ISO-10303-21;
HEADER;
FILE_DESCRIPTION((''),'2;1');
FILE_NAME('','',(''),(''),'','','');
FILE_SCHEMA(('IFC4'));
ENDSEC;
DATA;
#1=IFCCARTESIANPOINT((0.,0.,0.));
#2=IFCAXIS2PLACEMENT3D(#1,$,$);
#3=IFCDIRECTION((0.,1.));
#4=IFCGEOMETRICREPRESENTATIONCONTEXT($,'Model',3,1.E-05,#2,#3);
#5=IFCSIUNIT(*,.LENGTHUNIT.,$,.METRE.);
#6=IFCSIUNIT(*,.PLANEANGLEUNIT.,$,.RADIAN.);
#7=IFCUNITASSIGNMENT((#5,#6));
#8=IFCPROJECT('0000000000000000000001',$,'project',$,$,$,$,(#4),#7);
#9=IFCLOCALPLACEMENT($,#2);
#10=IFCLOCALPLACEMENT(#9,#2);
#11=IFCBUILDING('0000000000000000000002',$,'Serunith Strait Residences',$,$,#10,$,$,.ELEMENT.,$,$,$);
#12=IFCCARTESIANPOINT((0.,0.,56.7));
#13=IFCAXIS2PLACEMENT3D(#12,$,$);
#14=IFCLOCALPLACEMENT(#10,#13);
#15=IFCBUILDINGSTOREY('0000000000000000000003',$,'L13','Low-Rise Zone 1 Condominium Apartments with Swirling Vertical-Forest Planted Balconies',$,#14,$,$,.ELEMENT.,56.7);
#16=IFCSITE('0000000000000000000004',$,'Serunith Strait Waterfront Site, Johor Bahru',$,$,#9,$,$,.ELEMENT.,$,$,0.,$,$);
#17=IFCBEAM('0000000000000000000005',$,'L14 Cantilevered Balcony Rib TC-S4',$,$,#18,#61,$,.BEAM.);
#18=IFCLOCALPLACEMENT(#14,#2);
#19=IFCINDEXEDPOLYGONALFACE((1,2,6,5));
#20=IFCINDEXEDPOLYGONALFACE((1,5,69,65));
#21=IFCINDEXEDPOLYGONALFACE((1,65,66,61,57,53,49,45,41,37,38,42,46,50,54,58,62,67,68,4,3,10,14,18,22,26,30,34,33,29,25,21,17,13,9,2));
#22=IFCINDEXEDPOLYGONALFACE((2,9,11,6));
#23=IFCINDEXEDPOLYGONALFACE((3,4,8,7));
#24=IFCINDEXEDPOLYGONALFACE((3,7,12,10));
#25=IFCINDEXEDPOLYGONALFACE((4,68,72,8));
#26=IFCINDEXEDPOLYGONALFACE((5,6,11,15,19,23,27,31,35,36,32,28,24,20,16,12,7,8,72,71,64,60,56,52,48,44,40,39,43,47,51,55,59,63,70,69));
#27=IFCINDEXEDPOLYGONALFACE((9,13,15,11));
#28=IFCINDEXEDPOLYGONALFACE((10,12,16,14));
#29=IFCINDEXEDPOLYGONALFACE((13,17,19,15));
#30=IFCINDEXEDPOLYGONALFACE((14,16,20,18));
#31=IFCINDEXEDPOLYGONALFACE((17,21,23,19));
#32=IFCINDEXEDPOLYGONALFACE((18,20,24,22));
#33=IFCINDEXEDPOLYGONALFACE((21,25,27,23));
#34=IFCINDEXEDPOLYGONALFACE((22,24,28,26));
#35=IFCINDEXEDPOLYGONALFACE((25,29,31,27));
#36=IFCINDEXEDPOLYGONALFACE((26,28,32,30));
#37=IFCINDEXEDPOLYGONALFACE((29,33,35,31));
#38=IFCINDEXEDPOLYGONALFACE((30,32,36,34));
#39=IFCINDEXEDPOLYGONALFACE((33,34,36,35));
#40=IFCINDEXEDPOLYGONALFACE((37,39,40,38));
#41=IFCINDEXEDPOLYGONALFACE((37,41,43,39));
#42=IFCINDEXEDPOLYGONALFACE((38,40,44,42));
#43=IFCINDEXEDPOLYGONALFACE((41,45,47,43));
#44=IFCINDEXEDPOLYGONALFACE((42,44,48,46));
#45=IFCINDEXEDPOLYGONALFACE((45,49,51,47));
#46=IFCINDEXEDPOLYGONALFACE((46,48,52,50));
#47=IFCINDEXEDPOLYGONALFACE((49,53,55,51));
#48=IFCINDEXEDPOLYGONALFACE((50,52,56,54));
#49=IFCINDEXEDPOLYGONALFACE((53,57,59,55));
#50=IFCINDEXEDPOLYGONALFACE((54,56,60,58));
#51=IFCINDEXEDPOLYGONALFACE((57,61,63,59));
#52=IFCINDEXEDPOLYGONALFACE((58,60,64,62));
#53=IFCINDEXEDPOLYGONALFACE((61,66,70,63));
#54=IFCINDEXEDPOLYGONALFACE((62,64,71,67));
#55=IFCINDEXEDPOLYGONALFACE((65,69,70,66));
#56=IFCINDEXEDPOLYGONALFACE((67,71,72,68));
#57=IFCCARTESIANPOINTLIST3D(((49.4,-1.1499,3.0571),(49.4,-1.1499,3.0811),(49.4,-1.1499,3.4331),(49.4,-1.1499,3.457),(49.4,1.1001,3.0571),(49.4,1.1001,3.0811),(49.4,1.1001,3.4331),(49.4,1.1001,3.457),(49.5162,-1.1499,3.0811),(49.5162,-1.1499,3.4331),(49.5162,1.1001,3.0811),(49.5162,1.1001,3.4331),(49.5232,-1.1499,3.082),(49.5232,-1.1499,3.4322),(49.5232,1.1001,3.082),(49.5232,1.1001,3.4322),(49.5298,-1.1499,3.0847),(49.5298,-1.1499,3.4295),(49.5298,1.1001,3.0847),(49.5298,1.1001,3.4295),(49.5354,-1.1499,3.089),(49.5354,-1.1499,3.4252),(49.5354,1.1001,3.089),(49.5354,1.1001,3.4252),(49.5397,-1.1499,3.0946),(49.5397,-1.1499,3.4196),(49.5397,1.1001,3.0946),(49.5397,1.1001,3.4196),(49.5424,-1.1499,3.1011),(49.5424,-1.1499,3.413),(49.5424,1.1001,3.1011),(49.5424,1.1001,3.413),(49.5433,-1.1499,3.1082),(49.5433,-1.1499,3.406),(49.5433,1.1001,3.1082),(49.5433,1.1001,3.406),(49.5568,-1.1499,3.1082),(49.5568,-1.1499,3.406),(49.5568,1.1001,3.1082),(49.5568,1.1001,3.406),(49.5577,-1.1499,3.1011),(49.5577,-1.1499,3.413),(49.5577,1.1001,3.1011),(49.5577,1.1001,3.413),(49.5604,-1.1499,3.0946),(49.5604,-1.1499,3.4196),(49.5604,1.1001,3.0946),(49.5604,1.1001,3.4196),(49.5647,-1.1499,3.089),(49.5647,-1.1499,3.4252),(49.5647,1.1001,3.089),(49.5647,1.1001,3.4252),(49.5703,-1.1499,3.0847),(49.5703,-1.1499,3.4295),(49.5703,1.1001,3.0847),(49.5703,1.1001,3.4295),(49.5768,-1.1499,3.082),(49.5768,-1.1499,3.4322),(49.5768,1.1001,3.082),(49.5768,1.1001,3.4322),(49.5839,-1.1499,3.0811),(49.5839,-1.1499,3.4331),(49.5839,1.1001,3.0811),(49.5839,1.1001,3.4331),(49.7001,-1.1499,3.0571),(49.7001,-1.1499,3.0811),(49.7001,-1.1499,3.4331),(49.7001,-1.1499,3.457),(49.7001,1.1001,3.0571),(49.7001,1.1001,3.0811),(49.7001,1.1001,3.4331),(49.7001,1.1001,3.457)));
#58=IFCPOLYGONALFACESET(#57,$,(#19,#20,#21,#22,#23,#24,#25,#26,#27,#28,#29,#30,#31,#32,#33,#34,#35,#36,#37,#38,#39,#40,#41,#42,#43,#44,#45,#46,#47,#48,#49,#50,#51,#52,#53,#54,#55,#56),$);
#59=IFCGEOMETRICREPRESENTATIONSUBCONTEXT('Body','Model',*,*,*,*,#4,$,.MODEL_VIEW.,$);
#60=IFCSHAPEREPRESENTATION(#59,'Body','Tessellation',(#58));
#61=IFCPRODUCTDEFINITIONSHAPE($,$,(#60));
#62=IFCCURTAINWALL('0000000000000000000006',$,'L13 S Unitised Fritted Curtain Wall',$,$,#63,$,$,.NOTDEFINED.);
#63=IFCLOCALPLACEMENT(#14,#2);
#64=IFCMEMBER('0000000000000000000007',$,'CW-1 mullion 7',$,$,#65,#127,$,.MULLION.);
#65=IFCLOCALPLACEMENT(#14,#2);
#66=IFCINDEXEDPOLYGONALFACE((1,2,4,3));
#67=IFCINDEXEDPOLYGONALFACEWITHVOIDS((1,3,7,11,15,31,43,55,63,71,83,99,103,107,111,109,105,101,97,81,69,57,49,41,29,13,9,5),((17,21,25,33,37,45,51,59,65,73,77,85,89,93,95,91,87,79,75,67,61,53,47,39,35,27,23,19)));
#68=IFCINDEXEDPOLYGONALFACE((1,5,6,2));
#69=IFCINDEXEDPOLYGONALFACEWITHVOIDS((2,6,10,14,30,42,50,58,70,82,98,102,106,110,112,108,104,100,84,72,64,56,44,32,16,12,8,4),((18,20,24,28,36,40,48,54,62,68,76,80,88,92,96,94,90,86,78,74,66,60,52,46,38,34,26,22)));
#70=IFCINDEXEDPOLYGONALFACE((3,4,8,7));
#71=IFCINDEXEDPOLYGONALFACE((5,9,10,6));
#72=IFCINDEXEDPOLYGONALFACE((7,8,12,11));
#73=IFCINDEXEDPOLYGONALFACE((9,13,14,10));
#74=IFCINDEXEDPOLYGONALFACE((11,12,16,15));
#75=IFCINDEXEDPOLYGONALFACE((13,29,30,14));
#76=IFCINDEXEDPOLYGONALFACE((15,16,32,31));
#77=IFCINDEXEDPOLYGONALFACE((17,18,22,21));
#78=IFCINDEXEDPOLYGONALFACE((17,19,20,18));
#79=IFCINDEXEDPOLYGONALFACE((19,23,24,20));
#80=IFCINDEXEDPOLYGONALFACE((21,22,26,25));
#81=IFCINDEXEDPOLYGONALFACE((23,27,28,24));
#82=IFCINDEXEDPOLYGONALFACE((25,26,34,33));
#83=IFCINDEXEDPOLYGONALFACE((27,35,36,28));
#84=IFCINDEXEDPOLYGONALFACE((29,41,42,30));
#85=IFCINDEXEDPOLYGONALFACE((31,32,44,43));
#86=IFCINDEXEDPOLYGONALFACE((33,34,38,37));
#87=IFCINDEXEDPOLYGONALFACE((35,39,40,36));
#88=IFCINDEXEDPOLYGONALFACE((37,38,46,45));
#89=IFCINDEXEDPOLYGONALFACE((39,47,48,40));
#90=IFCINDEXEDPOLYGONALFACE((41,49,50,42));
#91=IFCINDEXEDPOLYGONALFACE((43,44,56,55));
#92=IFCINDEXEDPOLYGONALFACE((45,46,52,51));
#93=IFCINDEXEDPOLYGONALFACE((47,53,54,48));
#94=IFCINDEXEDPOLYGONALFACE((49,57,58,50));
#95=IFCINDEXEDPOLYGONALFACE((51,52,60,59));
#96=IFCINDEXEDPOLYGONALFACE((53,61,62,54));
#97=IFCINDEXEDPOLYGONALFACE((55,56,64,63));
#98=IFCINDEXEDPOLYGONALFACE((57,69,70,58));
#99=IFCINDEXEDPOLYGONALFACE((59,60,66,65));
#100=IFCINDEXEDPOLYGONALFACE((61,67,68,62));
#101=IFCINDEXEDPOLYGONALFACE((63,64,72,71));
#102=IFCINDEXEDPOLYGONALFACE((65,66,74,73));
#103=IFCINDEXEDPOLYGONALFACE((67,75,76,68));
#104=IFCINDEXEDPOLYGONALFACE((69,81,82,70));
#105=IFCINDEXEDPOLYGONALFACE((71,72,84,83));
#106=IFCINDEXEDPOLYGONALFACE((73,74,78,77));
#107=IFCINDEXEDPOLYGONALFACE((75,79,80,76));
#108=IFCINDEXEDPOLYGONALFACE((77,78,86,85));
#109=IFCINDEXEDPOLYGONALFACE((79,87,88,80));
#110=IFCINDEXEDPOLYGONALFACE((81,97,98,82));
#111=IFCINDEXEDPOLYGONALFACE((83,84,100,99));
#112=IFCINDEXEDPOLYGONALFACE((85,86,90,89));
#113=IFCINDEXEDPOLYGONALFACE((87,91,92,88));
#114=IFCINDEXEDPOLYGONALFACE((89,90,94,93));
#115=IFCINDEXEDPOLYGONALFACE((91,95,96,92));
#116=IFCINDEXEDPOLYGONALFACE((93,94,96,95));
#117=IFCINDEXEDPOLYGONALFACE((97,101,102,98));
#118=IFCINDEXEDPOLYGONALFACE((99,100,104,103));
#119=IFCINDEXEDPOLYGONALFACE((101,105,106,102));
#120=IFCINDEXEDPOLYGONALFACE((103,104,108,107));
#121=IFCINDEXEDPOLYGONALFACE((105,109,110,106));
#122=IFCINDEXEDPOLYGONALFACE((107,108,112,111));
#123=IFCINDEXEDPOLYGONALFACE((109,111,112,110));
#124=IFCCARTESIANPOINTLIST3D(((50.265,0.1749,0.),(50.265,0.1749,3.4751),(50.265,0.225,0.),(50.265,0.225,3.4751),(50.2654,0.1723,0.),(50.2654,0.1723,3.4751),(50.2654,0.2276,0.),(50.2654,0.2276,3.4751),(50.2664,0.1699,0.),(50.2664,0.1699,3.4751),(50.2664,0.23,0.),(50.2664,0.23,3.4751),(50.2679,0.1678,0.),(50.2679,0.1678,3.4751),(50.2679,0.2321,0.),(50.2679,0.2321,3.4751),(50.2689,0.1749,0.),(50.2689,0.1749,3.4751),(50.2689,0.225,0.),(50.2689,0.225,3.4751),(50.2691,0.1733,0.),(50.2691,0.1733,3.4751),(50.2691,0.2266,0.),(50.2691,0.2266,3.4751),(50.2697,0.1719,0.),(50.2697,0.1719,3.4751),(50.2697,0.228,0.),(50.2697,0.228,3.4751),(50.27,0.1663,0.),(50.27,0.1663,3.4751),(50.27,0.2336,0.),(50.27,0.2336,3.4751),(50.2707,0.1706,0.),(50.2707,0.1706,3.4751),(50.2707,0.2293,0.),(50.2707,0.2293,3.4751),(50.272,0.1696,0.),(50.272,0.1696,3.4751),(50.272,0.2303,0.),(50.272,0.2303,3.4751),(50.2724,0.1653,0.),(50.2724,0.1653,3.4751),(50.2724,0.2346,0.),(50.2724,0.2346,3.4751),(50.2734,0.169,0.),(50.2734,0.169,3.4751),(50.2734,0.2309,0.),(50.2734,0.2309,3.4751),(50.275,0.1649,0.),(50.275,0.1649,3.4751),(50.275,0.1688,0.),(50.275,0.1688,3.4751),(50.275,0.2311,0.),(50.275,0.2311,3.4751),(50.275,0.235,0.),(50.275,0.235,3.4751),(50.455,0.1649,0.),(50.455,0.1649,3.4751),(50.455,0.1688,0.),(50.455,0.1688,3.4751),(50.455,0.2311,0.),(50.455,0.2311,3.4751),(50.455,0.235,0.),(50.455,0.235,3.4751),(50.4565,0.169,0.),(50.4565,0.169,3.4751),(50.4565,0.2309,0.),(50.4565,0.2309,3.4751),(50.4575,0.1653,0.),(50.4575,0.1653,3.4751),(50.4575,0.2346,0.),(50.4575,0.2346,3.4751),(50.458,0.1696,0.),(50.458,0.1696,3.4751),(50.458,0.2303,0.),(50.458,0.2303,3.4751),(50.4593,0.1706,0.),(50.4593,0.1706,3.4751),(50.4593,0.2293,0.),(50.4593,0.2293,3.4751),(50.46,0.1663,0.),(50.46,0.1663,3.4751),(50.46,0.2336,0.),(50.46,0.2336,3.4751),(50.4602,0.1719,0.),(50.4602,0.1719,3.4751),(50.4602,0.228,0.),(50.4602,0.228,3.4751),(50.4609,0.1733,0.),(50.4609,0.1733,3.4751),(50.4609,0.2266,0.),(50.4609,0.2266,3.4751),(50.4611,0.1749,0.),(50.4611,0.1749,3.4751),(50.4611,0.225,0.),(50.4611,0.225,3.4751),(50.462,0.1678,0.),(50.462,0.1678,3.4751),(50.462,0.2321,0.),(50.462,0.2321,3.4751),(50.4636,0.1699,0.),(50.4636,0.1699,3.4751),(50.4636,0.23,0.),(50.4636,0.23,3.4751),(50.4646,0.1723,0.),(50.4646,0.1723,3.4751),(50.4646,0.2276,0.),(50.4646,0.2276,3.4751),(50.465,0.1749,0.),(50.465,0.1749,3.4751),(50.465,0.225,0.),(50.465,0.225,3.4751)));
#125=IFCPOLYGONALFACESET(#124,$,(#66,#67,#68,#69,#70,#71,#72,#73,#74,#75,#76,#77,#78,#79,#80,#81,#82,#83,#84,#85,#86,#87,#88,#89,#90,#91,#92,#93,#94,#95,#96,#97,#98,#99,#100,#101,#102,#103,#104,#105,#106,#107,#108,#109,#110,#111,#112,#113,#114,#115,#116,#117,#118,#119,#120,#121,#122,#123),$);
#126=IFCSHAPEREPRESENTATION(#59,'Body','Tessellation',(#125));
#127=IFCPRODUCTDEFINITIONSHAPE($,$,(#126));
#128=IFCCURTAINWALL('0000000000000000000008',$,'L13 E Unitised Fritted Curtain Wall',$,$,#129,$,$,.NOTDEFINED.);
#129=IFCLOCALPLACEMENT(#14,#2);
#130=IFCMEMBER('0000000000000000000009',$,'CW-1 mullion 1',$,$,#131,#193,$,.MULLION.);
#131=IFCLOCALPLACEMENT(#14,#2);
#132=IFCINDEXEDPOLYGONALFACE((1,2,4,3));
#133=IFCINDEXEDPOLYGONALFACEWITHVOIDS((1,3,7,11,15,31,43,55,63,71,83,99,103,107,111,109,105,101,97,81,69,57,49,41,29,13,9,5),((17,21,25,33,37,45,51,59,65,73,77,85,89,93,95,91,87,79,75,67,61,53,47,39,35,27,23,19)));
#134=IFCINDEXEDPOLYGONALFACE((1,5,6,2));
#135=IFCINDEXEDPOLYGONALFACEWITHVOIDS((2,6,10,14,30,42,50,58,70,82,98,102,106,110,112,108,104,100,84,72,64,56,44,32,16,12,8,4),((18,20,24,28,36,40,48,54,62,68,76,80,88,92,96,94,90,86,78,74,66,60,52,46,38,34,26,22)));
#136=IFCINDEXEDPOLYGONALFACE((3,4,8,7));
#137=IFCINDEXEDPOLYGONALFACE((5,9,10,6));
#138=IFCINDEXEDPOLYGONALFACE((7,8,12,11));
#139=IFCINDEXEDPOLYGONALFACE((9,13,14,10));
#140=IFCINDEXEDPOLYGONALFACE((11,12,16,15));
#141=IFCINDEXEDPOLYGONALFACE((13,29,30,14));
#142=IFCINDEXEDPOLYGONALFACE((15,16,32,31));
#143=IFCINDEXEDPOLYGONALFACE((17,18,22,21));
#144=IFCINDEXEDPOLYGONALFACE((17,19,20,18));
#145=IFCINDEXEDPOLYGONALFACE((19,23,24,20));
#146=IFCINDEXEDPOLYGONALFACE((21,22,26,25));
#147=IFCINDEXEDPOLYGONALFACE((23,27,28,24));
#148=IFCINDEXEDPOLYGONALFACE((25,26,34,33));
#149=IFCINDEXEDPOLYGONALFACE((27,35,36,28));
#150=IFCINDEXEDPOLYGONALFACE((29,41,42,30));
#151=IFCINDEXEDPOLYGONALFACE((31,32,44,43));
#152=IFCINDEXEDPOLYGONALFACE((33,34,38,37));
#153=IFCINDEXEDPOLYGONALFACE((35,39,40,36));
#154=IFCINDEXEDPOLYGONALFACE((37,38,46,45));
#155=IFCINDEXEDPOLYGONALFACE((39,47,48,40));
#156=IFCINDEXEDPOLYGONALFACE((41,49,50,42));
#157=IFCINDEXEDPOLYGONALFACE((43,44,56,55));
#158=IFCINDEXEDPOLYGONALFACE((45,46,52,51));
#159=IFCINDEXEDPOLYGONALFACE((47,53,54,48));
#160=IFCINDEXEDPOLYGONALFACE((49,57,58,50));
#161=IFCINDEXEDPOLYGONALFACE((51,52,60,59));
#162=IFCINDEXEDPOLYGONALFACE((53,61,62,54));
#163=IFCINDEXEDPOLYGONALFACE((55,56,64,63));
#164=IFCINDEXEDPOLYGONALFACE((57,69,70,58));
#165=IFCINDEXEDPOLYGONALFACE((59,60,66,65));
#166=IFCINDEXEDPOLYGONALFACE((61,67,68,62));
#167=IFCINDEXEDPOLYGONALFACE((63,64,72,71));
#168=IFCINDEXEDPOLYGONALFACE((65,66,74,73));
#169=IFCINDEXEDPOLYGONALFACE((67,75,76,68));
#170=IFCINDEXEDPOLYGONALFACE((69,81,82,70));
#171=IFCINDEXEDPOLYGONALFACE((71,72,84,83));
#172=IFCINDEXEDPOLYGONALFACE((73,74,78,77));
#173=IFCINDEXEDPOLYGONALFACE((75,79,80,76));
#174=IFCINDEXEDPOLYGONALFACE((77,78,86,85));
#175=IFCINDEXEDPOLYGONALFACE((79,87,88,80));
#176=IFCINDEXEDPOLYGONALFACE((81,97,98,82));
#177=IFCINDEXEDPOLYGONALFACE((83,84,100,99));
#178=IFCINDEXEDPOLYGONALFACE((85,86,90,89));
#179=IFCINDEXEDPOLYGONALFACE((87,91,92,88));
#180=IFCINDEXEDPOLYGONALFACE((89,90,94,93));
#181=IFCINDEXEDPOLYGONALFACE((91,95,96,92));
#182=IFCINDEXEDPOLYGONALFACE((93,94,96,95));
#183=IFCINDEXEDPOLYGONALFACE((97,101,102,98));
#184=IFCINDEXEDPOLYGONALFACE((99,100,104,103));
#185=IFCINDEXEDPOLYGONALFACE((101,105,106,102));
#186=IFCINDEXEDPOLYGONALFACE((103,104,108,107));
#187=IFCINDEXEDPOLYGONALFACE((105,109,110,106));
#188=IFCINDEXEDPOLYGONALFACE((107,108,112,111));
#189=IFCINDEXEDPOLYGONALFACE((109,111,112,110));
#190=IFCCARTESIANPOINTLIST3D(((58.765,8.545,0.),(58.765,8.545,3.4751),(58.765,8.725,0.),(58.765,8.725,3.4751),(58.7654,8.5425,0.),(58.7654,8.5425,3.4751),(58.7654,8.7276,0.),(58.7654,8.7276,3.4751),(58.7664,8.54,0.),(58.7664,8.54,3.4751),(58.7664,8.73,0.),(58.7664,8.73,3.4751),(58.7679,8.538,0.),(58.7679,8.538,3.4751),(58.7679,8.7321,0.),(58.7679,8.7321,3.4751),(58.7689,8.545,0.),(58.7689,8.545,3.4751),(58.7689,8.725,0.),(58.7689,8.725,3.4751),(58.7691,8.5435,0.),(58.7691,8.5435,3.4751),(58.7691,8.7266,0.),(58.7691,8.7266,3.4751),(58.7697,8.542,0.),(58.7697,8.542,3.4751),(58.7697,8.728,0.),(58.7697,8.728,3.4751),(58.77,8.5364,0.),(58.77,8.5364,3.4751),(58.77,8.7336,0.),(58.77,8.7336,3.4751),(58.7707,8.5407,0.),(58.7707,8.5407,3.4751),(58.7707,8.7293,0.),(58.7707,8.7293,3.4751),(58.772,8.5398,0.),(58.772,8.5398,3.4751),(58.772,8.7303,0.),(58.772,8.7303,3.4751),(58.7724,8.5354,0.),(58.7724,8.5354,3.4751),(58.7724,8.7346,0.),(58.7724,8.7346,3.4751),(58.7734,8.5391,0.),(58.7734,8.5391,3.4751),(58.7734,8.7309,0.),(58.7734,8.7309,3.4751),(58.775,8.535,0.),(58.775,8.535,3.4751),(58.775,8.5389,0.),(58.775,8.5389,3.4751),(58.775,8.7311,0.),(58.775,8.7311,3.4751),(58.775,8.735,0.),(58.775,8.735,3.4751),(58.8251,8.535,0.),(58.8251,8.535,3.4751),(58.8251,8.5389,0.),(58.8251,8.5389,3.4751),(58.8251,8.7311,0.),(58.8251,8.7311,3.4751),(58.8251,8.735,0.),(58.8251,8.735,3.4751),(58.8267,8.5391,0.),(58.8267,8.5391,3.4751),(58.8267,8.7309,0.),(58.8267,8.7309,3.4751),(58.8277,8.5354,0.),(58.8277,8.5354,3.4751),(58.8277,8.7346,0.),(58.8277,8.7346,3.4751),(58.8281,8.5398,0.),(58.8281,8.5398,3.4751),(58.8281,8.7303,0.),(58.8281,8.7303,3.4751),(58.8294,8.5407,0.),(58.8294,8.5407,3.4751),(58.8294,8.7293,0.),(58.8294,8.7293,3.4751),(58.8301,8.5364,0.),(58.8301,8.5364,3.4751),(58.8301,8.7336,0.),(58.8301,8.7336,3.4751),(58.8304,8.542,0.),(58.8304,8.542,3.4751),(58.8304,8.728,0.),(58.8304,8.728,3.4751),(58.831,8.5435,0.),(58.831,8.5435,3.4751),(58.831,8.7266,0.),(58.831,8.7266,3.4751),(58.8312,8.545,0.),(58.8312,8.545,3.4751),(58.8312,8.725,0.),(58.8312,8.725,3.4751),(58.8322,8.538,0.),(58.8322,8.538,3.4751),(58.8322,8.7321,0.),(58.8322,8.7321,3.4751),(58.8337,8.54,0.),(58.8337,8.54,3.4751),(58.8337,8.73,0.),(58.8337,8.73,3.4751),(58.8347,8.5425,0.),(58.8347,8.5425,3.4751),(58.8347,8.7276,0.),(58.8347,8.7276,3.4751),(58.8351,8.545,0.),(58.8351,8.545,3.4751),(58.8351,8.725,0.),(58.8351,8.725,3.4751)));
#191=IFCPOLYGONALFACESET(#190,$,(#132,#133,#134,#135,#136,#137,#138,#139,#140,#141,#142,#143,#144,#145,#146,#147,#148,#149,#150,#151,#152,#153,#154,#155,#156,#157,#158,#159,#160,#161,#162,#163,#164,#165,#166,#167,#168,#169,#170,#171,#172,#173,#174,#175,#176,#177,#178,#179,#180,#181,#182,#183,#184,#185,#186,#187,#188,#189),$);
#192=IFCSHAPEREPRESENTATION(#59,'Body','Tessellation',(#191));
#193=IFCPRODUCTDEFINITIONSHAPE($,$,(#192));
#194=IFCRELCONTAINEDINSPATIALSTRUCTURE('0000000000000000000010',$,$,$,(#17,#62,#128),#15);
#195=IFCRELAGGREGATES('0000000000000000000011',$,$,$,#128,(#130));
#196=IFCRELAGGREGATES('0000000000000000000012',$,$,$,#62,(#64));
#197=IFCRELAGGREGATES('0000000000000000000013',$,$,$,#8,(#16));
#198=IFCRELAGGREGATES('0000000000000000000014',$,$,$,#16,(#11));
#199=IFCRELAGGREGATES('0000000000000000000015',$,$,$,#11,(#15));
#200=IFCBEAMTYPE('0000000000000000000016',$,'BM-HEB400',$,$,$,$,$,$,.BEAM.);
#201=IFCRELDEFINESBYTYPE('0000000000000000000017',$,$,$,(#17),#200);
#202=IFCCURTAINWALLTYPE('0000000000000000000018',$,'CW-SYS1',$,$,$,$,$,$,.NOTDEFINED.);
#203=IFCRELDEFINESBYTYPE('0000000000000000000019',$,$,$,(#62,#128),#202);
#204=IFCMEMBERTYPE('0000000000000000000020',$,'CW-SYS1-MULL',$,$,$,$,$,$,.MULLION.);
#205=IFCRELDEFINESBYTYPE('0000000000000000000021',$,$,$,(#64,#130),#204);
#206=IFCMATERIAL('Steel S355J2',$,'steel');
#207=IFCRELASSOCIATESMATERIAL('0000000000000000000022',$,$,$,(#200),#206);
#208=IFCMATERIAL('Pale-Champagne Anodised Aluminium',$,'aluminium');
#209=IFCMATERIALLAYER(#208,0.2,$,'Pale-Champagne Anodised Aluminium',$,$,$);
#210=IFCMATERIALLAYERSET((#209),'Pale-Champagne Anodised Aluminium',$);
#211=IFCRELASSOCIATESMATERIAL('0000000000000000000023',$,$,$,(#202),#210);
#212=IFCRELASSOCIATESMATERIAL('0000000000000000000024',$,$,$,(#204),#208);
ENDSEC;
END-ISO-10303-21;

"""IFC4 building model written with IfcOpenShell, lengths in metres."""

from ifc_helpers import new_model, si_unit, direction, frame, origin, origin_2d, place, context, subcontext, project, spatial, hollow_rectangle, i_section, extrude, source, transform, mapped, material, layer, layer_set, material_profile, profile_set, type_object, element, aggregate, save


model = new_model("IFC4")

# Units and contexts
model_context = context("Model", 3, precision=1e-05, world=origin(), true_north=direction((0.0, 1.0)))
body_context = subcontext(model_context, "Body", "Model", "MODEL_VIEW")
ifc_project = project(units=[si_unit("LENGTHUNIT", "METRE"), si_unit("PLANEANGLEUNIT", "RADIAN")], contexts=[model_context])

# Site, building, storey
site_placement = place(None, origin())
site = spatial("IfcSite", under=ifc_project, at=site_placement, Name="Serunith Strait Waterfront Site, Johor Bahru", CompositionType="ELEMENT", RefElevation=0.0)
building_placement = place(site_placement, origin())
building = spatial("IfcBuilding", under=site, at=building_placement, Name="Serunith Strait Residences", CompositionType="ELEMENT")
storey_placement = place(building_placement, frame((0.0, 0.0, 56.7)))
storey = spatial("IfcBuildingStorey", under=building, at=storey_placement, Name="L13", Description="Low-Rise Zone 1 Condominium Apartments with Swirling Vertical-Forest Planted Balconies", CompositionType="ELEMENT", Elevation=56.7)

# Beam
ifc_material_1 = material(Name="Steel S355J2", Category="steel")
ifc_material_profile_1 = material_profile(ifc_material_1, i_section(OverallWidth=0.3, OverallDepth=0.3999, WebThickness=0.0134, FlangeThickness=0.0239, FilletRadius=0.0271, at=origin_2d()), Name="HEB 400")
ifc_profile_set_1 = profile_set([ifc_material_profile_1], Name="Steel S355J2")
beam_type_1 = type_object("IfcBeamType", Name="BM-HEB400", PredefinedType="BEAM", material=ifc_profile_set_1)
shared_shape_1 = source(origin(), body_context, "Body", "SweptSolid", [
    extrude(i_section(OverallWidth=0.3, OverallDepth=0.3999, WebThickness=0.0134, FlangeThickness=0.0239, FilletRadius=0.0271, at=origin_2d()), origin(), (0.0, 0.0, 1.0), 2.25),
])
beam_1_placement = place(storey_placement, frame((49.55, 1.1001, 3.2571), z_axis=(0.0, -1.0, 0.0), x_axis=(1.0, 0.0, 0.0)))
element("IfcBeam", 1, at=beam_1_placement, inside=storey, type_object=beam_type_1, Name="L14 Cantilevered Balcony Rib TC-S4", PredefinedType="BEAM", context=body_context, shape_type="MappedRepresentation", body=[
    mapped(shared_shape_1, transform((0.0, 0.0, 0.0), scale=1.0)),
])

# Curtain wall, member
ifc_material_2 = material(Name="Pale-Champagne Anodised Aluminium", Category="aluminium")
ifc_layer_1 = layer(ifc_material_2, 0.2, Name="Pale-Champagne Anodised Aluminium")
ifc_layer_set_1 = layer_set([ifc_layer_1], Name="Pale-Champagne Anodised Aluminium")
curtain_wall_type = type_object("IfcCurtainWallType", Name="CW-SYS1", PredefinedType="NOTDEFINED", material=ifc_layer_set_1)
curtain_wall_1_placement = place(storey_placement, origin())
curtain_wall_1 = element("IfcCurtainWall", 2, at=curtain_wall_1_placement, inside=storey, type_object=curtain_wall_type, Name="L13 S Unitised Fritted Curtain Wall", PredefinedType="NOTDEFINED")
ifc_material_profile_2 = material_profile(ifc_material_2, hollow_rectangle(XDim=0.0701, YDim=0.2, WallThickness=0.0039, InnerFilletRadius=0.0061, OuterFilletRadius=0.01, at=origin_2d()), Name="ALU 200x70x4")
ifc_profile_set_2 = profile_set([ifc_material_profile_2], Name="Pale-Champagne Anodised Aluminium")
member_type_1 = type_object("IfcMemberType", Name="CW-SYS1-MULL", PredefinedType="MULLION", material=ifc_profile_set_2)
shared_shape_2 = source(origin(), body_context, "Body", "SweptSolid", [
    extrude(hollow_rectangle(XDim=0.0701, YDim=0.2, WallThickness=0.0039, InnerFilletRadius=0.0061, OuterFilletRadius=0.01, at=origin_2d()), origin(), (0.0, 0.0, 1.0), 3.4751),
])
member_1_placement = place(storey_placement, frame((50.365, 0.2, 0.0), z_axis=(0.0, 0.0, 1.0), x_axis=(0.0, 1.0, 0.0)))
member_1 = element("IfcMember", 3, at=member_1_placement, type_object=member_type_1, Name="CW-1 mullion 7", PredefinedType="MULLION", context=body_context, shape_type="MappedRepresentation", body=[
    mapped(shared_shape_2, transform((0.0, 0.0, 0.0), scale=1.0)),
])

# Curtain wall, member
curtain_wall_2_placement = place(storey_placement, origin())
curtain_wall_2 = element("IfcCurtainWall", 4, at=curtain_wall_2_placement, inside=storey, type_object=curtain_wall_type, Name="L13 E Unitised Fritted Curtain Wall", PredefinedType="NOTDEFINED")
member_2_placement = place(storey_placement, frame((58.8, 8.635, 0.0), z_axis=(0.0, 0.0, 1.0), x_axis=(-1.0, 0.0, 0.0)))
member_2 = element("IfcMember", 5, at=member_2_placement, type_object=member_type_1, Name="CW-1 mullion 1", PredefinedType="MULLION", context=body_context, shape_type="MappedRepresentation", body=[
    mapped(shared_shape_2, transform((0.0, 0.0, 0.0), scale=1.0)),
])
aggregate(curtain_wall_2, [member_2])

aggregate(curtain_wall_1, [member_1])

save(model, "model.ifc")
